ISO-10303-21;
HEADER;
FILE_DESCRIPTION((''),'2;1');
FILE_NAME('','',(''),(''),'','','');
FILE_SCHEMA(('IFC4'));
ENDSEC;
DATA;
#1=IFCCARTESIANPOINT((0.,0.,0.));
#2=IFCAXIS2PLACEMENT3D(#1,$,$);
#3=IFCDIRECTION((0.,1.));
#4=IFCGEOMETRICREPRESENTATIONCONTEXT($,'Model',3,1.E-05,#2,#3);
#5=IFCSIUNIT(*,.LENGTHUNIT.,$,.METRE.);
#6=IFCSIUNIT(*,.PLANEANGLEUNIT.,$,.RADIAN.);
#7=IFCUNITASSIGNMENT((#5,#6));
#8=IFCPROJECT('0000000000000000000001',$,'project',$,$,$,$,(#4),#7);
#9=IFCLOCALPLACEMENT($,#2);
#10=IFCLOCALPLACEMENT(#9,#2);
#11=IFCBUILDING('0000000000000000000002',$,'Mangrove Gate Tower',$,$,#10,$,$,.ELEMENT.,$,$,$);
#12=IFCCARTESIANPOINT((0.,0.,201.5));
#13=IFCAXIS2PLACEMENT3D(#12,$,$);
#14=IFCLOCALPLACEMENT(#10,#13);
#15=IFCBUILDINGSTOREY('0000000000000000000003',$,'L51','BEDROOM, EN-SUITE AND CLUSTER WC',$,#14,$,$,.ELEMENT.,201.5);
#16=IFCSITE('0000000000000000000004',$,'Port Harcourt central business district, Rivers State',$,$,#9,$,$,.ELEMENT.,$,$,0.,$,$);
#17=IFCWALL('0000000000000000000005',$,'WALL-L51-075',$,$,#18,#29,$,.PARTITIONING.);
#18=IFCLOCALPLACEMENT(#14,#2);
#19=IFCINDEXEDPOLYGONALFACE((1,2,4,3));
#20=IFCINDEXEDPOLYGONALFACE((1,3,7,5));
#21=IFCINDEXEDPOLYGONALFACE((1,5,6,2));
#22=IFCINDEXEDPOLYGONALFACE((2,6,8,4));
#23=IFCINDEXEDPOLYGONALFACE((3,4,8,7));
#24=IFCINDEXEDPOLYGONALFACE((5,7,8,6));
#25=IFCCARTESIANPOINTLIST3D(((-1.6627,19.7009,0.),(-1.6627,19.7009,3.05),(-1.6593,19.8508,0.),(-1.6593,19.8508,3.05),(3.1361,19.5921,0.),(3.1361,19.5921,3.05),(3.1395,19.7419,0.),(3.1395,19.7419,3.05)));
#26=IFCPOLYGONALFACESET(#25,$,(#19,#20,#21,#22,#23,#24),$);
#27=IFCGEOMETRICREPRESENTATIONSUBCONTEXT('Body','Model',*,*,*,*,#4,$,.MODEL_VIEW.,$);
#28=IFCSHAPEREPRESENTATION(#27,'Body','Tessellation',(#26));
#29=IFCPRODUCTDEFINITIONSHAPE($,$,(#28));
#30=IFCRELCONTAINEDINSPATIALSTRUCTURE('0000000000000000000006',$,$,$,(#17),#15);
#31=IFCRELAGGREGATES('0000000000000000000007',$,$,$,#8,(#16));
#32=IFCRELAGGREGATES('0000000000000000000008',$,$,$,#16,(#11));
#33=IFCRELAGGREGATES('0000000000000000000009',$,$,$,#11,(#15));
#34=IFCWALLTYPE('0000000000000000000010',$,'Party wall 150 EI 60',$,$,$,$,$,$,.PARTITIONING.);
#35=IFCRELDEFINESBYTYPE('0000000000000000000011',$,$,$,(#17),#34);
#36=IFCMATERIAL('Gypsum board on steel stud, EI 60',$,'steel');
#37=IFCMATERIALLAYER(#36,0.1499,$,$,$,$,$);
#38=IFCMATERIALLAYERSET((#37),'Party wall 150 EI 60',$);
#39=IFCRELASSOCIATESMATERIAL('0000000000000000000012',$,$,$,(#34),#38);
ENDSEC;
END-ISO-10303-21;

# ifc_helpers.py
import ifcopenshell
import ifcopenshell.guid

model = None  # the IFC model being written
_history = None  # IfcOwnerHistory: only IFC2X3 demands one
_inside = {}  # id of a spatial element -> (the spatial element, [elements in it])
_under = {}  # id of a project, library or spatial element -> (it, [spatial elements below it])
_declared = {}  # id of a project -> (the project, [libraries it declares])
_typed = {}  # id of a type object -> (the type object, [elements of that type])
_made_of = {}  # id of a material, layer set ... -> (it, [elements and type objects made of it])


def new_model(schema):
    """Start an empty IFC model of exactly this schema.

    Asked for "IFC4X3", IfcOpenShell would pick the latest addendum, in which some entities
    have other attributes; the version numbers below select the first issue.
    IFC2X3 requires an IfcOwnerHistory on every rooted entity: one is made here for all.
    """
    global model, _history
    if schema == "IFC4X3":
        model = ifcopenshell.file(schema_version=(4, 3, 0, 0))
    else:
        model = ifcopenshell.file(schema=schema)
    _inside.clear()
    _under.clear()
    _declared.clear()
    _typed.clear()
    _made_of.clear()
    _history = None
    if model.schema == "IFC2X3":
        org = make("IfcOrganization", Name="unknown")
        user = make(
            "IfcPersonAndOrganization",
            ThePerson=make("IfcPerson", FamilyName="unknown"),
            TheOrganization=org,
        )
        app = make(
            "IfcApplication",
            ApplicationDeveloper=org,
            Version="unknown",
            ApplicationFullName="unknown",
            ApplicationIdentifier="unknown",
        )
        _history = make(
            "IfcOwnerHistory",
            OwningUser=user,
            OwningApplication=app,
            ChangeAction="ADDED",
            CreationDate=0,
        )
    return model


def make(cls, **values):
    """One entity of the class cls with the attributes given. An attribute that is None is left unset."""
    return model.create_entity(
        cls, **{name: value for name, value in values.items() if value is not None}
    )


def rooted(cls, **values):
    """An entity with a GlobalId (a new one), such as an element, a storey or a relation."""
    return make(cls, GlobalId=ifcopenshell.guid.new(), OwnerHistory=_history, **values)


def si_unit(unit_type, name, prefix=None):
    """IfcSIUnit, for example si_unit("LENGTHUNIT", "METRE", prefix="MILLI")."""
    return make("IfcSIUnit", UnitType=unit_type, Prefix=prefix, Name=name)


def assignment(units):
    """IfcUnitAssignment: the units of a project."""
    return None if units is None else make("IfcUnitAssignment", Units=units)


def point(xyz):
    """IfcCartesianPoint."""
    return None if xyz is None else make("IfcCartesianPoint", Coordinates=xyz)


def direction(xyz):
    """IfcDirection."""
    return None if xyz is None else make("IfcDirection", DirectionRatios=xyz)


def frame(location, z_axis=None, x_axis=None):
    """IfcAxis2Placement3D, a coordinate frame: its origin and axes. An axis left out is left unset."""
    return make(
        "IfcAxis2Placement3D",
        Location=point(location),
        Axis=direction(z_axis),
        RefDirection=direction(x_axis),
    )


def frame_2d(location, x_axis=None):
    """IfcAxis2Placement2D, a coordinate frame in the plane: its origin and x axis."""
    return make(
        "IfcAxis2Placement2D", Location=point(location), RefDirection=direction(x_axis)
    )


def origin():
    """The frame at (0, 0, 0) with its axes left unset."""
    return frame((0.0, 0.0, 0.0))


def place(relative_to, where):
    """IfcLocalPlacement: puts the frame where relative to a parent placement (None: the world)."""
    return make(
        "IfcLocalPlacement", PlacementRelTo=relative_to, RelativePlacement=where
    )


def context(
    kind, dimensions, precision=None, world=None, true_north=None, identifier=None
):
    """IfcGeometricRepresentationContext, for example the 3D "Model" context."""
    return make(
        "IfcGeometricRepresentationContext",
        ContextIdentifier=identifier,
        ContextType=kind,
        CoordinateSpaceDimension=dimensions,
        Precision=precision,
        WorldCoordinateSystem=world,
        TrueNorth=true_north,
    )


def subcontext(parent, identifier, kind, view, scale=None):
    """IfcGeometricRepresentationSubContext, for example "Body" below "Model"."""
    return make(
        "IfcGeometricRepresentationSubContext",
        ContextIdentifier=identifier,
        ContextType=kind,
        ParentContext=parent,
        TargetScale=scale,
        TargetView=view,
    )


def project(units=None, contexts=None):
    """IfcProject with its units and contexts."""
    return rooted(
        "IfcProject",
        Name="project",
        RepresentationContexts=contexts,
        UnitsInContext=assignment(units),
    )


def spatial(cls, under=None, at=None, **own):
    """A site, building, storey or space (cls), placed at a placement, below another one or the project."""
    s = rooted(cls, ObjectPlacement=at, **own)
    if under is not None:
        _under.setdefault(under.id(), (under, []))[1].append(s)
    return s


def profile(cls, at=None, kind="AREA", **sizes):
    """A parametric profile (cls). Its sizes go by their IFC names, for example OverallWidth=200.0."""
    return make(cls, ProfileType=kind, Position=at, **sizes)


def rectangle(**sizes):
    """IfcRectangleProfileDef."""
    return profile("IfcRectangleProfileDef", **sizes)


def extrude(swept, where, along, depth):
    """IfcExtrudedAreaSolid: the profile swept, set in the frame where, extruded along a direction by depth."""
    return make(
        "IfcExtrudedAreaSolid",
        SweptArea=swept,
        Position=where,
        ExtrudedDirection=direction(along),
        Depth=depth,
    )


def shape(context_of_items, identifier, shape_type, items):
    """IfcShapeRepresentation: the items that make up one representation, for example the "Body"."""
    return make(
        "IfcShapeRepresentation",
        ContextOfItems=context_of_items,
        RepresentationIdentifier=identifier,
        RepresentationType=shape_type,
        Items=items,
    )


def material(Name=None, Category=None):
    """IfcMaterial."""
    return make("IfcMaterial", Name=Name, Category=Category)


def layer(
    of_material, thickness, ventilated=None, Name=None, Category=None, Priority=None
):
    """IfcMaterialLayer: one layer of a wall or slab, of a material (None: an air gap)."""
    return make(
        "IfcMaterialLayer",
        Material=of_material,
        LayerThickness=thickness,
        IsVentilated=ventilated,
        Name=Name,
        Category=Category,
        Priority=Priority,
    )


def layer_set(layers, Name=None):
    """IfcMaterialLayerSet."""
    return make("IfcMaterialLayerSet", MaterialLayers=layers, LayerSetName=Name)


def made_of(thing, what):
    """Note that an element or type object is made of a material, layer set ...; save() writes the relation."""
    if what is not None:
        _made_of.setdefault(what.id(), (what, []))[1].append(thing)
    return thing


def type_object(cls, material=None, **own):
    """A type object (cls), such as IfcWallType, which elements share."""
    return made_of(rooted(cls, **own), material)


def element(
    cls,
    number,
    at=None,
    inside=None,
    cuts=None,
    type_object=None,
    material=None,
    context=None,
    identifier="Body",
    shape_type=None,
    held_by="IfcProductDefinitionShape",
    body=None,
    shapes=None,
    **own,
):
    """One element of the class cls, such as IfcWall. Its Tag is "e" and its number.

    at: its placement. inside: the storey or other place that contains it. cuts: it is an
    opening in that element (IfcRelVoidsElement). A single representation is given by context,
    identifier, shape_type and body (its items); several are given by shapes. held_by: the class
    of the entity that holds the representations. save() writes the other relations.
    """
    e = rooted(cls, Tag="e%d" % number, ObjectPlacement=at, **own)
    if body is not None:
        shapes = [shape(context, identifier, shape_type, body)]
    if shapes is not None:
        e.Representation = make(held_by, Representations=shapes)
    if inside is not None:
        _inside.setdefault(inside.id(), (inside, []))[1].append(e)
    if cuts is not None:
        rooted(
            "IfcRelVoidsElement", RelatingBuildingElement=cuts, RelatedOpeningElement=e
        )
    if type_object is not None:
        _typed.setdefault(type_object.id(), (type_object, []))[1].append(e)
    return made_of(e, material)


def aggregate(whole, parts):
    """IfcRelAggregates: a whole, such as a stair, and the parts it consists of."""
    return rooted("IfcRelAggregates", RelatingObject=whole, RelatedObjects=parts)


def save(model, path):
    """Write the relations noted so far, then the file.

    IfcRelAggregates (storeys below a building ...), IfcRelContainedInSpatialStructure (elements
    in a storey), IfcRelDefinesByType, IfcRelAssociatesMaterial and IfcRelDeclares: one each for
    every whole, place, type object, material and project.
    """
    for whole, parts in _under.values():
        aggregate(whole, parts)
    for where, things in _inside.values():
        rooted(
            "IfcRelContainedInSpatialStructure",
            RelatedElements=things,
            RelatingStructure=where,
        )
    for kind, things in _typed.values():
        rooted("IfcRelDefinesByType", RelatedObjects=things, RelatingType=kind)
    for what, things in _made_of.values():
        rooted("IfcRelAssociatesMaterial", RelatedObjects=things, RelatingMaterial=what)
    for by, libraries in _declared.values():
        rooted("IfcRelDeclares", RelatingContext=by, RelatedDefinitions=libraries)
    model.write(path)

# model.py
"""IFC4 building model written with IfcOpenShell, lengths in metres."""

from ifc_helpers import new_model, si_unit, direction, frame, frame_2d, origin, place, context, subcontext, project, spatial, rectangle, extrude, material, layer, layer_set, type_object, element, save


model = new_model("IFC4")

# Units and contexts
model_context = context("Model", 3, precision=1e-05, world=origin(), true_north=direction((0.0, 1.0)))
body_context = subcontext(model_context, "Body", "Model", "MODEL_VIEW")
ifc_project = project(units=[si_unit("LENGTHUNIT", "METRE"), si_unit("PLANEANGLEUNIT", "RADIAN")], contexts=[model_context])

# Site, building, storey
site_placement = place(None, origin())
site = spatial("IfcSite", under=ifc_project, at=site_placement, Name="Port Harcourt central business district, Rivers State", CompositionType="ELEMENT", RefElevation=0.0)
building_placement = place(site_placement, origin())
building = spatial("IfcBuilding", under=site, at=building_placement, Name="Mangrove Gate Tower", CompositionType="ELEMENT")
storey_placement = place(building_placement, frame((0.0, 0.0, 201.5)))
storey = spatial("IfcBuildingStorey", under=building, at=storey_placement, Name="L51", Description="BEDROOM, EN-SUITE AND CLUSTER WC", CompositionType="ELEMENT", Elevation=201.5)

# Shared definitions
ifc_material_1 = material(Name="Gypsum board on steel stud, EI 60", Category="steel")
ifc_layer = layer(ifc_material_1, 0.1499)
ifc_layer_set = layer_set([ifc_layer], Name="Party wall 150 EI 60")
wall_type = type_object("IfcWallType", Name="Party wall 150 EI 60", PredefinedType="PARTITIONING", material=ifc_layer_set)

# Wall
for number, where, z_axis, x_axis, name in (
    (1, (-1.6609, 19.7759, 0.0), (0.0, 0.0, 1.0), (0.999743, -0.022684, 0.0), "WALL-L51-075"),
):
    element("IfcWall", number, at=place(storey_placement, frame(where, z_axis=z_axis, x_axis=x_axis)), inside=storey, type_object=wall_type, Name=name, PredefinedType="PARTITIONING", context=body_context, shape_type="SweptSolid", body=[
        extrude(rectangle(XDim=4.8, YDim=0.1499, at=frame_2d((2.3999, 0.0))), origin(), (0.0, 0.0, 1.0), 3.05),
    ])

save(model, "model.ifc")
